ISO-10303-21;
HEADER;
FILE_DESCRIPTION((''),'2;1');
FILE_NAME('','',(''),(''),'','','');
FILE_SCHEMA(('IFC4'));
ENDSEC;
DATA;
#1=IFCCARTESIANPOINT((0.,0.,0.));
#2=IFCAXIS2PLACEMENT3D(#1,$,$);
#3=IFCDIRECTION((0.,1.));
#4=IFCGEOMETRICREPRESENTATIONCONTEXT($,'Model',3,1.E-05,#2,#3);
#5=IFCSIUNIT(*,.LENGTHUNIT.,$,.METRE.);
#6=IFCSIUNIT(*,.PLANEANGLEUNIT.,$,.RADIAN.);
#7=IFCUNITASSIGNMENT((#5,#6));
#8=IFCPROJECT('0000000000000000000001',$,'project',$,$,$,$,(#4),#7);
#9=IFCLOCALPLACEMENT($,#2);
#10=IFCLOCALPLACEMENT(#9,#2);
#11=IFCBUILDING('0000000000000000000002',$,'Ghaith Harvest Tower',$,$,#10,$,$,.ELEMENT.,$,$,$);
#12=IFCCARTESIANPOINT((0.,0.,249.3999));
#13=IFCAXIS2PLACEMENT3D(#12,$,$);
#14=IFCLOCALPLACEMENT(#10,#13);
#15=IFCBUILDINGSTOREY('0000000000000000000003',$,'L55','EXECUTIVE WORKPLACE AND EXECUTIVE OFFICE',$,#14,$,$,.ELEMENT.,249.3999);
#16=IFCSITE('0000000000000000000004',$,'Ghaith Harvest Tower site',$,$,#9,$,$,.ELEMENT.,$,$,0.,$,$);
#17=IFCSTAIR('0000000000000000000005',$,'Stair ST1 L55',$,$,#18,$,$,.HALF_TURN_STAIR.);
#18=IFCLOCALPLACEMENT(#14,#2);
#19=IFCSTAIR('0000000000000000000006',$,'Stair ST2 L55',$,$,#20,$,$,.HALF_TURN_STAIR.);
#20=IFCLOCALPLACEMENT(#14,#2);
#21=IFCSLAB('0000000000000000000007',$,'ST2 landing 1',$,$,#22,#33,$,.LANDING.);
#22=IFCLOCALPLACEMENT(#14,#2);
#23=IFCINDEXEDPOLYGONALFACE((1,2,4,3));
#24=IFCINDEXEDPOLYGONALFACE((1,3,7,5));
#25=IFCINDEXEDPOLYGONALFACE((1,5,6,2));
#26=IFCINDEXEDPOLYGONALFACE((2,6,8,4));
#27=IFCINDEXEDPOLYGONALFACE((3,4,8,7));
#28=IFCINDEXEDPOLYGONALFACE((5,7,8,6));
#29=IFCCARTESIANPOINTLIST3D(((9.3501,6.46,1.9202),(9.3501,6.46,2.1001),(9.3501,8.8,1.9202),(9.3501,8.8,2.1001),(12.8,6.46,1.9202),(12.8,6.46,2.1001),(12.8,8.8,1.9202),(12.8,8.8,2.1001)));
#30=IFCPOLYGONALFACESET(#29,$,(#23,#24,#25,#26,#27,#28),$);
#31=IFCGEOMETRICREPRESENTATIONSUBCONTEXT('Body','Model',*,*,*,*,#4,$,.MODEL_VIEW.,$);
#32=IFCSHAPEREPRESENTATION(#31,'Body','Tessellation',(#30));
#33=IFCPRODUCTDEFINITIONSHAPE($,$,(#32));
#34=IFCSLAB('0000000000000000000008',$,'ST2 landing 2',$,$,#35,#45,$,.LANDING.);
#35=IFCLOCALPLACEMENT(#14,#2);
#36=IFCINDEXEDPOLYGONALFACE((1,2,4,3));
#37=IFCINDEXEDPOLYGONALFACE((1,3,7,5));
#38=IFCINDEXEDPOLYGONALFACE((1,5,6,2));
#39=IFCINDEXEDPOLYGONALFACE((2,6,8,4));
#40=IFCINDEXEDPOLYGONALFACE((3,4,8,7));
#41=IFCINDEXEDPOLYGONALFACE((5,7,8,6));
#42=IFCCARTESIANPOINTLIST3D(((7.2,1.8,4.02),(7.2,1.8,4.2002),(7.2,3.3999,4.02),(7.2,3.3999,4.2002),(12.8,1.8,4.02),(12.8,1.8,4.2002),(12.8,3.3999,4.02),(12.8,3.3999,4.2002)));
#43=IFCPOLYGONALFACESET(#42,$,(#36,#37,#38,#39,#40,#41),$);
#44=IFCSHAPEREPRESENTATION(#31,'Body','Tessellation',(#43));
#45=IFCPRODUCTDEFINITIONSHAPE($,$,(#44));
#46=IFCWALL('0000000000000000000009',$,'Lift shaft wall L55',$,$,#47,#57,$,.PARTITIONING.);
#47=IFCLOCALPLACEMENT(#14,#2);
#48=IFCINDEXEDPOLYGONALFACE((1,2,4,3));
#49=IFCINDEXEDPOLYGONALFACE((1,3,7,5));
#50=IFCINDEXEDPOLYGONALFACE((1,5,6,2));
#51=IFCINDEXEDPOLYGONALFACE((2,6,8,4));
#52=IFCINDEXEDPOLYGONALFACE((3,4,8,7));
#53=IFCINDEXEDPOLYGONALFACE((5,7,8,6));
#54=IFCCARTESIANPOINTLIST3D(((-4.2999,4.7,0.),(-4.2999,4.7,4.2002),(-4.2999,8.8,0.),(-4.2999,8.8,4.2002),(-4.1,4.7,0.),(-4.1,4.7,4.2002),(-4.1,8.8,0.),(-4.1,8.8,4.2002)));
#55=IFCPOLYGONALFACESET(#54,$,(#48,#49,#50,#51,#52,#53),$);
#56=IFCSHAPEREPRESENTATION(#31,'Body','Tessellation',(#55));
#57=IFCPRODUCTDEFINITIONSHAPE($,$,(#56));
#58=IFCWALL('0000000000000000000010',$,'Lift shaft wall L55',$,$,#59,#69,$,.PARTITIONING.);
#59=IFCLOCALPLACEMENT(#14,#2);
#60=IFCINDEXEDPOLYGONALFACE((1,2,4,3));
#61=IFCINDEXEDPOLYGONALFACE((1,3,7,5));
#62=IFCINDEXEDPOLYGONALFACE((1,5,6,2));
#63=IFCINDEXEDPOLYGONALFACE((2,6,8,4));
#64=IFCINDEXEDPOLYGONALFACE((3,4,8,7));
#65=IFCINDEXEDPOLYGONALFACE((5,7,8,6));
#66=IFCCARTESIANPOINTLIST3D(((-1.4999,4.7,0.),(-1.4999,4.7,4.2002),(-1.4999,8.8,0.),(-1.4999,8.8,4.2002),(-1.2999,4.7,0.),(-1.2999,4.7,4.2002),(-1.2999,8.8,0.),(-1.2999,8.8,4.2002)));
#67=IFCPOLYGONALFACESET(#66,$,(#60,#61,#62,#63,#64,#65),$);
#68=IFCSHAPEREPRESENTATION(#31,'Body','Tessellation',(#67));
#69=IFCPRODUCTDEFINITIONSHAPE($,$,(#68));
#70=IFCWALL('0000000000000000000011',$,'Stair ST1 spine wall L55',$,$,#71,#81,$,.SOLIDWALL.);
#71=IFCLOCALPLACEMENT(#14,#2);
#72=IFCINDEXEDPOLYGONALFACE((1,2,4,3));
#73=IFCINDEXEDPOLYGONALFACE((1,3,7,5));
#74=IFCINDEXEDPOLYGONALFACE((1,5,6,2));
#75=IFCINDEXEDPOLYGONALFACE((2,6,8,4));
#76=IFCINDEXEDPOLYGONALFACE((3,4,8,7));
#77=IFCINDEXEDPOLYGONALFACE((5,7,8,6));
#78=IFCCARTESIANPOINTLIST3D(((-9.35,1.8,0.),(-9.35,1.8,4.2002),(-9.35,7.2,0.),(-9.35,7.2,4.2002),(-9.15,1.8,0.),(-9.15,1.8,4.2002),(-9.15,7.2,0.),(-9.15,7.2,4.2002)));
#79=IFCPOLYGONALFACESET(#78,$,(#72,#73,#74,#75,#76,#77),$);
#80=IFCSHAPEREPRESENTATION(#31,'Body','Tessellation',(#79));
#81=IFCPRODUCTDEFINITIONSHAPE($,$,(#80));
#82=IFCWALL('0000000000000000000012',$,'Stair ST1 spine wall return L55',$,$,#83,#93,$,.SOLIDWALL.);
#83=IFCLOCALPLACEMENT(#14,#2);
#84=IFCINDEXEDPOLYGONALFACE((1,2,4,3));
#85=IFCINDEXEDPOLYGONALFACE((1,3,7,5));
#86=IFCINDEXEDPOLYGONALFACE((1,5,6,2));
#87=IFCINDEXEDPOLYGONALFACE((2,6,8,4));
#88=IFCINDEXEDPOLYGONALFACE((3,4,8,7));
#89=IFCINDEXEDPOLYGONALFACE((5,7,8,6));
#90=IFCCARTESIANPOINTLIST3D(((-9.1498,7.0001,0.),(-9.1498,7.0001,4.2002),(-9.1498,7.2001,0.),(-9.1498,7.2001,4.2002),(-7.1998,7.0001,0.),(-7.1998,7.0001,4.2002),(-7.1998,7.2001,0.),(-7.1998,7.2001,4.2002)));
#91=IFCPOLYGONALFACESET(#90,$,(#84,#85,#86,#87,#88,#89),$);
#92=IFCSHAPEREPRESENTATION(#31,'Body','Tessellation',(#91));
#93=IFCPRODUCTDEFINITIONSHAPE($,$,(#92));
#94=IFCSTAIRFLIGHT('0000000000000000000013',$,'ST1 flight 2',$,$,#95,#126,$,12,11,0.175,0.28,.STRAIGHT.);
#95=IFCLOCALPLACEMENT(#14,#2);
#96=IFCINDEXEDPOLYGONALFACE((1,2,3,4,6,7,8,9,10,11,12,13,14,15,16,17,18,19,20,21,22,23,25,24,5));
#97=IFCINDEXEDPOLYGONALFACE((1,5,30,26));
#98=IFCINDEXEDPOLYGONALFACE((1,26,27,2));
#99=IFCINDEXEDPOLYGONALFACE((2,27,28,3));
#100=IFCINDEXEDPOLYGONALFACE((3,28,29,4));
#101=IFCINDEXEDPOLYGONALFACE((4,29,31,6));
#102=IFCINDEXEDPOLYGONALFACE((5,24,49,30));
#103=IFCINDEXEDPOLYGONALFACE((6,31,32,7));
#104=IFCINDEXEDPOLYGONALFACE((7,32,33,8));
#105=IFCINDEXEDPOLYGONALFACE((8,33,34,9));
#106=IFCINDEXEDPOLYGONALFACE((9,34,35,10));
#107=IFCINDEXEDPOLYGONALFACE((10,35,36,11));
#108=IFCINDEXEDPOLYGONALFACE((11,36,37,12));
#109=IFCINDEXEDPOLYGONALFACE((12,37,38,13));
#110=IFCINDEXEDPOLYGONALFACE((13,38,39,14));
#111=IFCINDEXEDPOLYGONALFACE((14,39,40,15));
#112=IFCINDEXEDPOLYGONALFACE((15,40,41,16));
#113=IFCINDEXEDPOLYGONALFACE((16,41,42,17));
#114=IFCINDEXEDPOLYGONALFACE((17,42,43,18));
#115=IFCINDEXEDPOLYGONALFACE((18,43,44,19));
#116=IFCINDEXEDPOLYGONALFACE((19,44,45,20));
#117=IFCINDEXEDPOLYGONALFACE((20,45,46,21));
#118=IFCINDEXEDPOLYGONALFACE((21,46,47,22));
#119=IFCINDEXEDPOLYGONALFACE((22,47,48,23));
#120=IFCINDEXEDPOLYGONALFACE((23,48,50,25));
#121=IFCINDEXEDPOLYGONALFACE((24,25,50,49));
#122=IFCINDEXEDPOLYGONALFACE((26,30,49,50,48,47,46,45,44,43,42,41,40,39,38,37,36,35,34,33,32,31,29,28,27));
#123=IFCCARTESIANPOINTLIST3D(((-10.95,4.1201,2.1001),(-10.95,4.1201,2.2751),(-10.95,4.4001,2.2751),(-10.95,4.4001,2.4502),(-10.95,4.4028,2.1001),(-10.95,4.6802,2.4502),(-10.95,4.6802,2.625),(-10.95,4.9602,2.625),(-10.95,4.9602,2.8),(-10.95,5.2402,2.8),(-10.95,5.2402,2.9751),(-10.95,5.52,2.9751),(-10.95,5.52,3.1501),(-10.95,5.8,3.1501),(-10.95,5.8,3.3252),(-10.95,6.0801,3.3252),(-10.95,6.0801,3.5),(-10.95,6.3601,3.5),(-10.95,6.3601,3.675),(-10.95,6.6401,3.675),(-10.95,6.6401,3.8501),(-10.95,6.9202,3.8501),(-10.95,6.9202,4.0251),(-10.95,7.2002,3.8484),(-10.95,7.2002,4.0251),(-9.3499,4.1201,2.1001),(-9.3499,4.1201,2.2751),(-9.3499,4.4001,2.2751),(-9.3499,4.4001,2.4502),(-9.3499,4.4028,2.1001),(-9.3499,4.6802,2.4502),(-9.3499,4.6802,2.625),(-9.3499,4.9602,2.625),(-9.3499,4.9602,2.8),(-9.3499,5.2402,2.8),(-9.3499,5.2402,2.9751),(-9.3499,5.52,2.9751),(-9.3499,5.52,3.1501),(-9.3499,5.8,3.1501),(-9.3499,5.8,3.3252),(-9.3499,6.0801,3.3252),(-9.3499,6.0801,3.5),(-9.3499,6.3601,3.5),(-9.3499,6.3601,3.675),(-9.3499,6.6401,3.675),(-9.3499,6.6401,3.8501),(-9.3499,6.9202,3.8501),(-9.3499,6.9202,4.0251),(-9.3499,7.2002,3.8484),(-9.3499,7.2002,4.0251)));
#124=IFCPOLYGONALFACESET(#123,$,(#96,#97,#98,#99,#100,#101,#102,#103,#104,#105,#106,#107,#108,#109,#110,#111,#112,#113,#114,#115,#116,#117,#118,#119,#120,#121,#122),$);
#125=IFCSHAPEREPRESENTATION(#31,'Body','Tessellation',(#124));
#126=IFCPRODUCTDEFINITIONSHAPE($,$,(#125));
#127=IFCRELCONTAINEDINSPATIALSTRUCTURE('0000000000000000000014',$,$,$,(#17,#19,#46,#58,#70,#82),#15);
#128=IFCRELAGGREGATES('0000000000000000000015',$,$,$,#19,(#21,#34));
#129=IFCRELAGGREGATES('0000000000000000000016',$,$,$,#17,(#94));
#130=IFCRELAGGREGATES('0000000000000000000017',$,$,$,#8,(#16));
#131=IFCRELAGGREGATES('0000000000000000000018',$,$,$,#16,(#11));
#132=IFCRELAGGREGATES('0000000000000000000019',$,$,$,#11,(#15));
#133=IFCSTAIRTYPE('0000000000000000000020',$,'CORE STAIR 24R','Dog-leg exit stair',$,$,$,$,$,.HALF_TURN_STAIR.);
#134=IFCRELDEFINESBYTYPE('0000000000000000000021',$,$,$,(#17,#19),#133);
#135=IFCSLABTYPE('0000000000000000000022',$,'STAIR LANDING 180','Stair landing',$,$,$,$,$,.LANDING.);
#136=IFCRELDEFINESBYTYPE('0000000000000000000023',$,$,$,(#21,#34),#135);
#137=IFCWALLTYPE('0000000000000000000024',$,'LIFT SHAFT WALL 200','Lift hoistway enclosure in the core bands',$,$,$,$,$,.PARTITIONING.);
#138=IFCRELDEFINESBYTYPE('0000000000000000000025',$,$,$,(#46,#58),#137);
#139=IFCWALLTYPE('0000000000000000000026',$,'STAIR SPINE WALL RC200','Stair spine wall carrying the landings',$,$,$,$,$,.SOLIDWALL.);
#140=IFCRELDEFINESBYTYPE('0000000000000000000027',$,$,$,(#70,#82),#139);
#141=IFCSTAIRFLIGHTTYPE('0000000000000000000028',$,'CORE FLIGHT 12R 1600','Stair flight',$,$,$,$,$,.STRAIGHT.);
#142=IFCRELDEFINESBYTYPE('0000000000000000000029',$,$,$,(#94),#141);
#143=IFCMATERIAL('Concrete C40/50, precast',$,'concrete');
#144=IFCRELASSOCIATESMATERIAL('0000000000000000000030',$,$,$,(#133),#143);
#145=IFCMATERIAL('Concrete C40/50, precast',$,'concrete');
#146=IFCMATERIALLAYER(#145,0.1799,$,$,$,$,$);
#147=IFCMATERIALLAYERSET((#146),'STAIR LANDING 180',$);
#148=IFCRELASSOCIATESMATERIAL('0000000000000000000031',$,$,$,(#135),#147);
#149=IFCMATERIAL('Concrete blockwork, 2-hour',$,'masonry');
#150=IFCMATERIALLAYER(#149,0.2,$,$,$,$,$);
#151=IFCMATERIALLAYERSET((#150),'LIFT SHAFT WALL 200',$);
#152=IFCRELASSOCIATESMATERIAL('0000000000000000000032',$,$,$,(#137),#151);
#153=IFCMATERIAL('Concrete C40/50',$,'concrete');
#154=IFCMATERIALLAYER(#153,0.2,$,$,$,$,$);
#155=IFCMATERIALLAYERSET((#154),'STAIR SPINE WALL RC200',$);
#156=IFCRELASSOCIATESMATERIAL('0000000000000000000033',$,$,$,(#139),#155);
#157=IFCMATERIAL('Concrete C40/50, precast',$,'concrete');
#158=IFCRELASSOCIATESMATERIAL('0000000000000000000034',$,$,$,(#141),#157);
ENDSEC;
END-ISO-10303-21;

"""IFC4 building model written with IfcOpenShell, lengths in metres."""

from ifc_helpers import new_model, si_unit, direction, frame, frame_2d, origin, place, context, subcontext, project, spatial, polyline, rectangle, outline, extrude, material, layer, layer_set, type_object, element, aggregate, save


model = new_model("IFC4")

# Units and contexts
model_context = context("Model", 3, precision=1e-05, world=origin(), true_north=direction((0.0, 1.0)))
body_context = subcontext(model_context, "Body", "Model", "MODEL_VIEW")
ifc_project = project(units=[si_unit("LENGTHUNIT", "METRE"), si_unit("PLANEANGLEUNIT", "RADIAN")], contexts=[model_context])

# Site, building, storey
site_placement = place(None, origin())
site = spatial("IfcSite", under=ifc_project, at=site_placement, Name="Ghaith Harvest Tower site", CompositionType="ELEMENT", RefElevation=0.0)
building_placement = place(site_placement, origin())
building = spatial("IfcBuilding", under=site, at=building_placement, Name="Ghaith Harvest Tower", CompositionType="ELEMENT")
storey_placement = place(building_placement, frame((0.0, 0.0, 249.3999)))
storey = spatial("IfcBuildingStorey", under=building, at=storey_placement, Name="L55", Description="EXECUTIVE WORKPLACE AND EXECUTIVE OFFICE", CompositionType="ELEMENT", Elevation=249.3999)

# Stairs, slabs
ifc_material_1 = material(Name="Concrete C40/50, precast", Category="concrete")
stair_type = type_object("IfcStairType", Name="CORE STAIR 24R", Description="Dog-leg exit stair", PredefinedType="HALF_TURN_STAIR", material=ifc_material_1)
stair_1_placement = place(storey_placement, origin())
stair_1 = element("IfcStair", 1, at=stair_1_placement, inside=storey, type_object=stair_type, Name="Stair ST1 L55", PredefinedType="HALF_TURN_STAIR")
ifc_material_2 = material(Name="Concrete C40/50, precast", Category="concrete")
ifc_layer_1 = layer(ifc_material_2, 0.1799)
ifc_layer_set_1 = layer_set([ifc_layer_1], Name="STAIR LANDING 180")
slab_type_1 = type_object("IfcSlabType", Name="STAIR LANDING 180", Description="Stair landing", PredefinedType="LANDING", material=ifc_layer_set_1)
stair_2_placement = place(storey_placement, origin())
stair_2 = element("IfcStair", 2, at=stair_2_placement, inside=storey, type_object=stair_type, Name="Stair ST2 L55", PredefinedType="HALF_TURN_STAIR")
slab_1_placement = place(storey_placement, frame((0.0, 0.0, 1.9202)))
slab_1 = element("IfcSlab", 3, at=slab_1_placement, type_object=slab_type_1, Name="ST2 landing 1", PredefinedType="LANDING", context=body_context, shape_type="SweptSolid", body=[
    extrude(outline(polyline([(12.8, 6.46), (12.8, 8.8), (9.3501, 8.8), (9.3501, 6.46), (12.8, 6.46)])), origin(), (0.0, 0.0, 1.0), 0.1799),
])
slab_2_placement = place(storey_placement, frame((0.0, 0.0, 4.02)))
slab_2 = element("IfcSlab", 4, at=slab_2_placement, type_object=slab_type_1, Name="ST2 landing 2", PredefinedType="LANDING", context=body_context, shape_type="SweptSolid", body=[
    extrude(outline(polyline([(12.8, 1.8), (12.8, 3.3999), (7.2, 3.3999), (7.2, 1.8), (12.8, 1.8)])), origin(), (0.0, 0.0, 1.0), 0.1802),
])
aggregate(stair_2, [slab_1, slab_2])

# Walls
ifc_material_3 = material(Name="Concrete blockwork, 2-hour", Category="masonry")
ifc_layer_2 = layer(ifc_material_3, 0.2)
ifc_layer_set_2 = layer_set([ifc_layer_2], Name="LIFT SHAFT WALL 200")
wall_type_1 = type_object("IfcWallType", Name="LIFT SHAFT WALL 200", Description="Lift hoistway enclosure in the core bands", PredefinedType="PARTITIONING", material=ifc_layer_set_2)
for number, where, z_axis, x_axis, name in (
    (5, (-4.2, 4.7, 0.0), (0.0, 0.0, 1.0), (0.0, 1.0, 0.0), "Lift shaft wall L55"),
    (6, (-1.3999, 4.7, 0.0), (0.0, 0.0, 1.0), (0.0, 1.0, 0.0), "Lift shaft wall L55"),
):
    element("IfcWall", number, at=place(storey_placement, frame(where, z_axis=z_axis, x_axis=x_axis)), inside=storey, type_object=wall_type_1, Name=name, PredefinedType="PARTITIONING", context=body_context, shape_type="SweptSolid", body=[
        extrude(rectangle(XDim=4.1001, YDim=0.2, at=frame_2d((2.05, 0.0))), origin(), (0.0, 0.0, 1.0), 4.2002),
    ])

# Walls
ifc_material_4 = material(Name="Concrete C40/50", Category="concrete")
ifc_layer_3 = layer(ifc_material_4, 0.2)
ifc_layer_set_3 = layer_set([ifc_layer_3], Name="STAIR SPINE WALL RC200")
wall_type_2 = type_object("IfcWallType", Name="STAIR SPINE WALL RC200", Description="Stair spine wall carrying the landings", PredefinedType="SOLIDWALL", material=ifc_layer_set_3)
wall_1_placement = place(storey_placement, frame((-9.25, 7.2, 0.0), z_axis=(0.0, 0.0, 1.0), x_axis=(0.0, -1.0, 0.0)))
element("IfcWall", 7, at=wall_1_placement, inside=storey, type_object=wall_type_2, Name="Stair ST1 spine wall L55", PredefinedType="SOLIDWALL", context=body_context, shape_type="SweptSolid", body=[
    extrude(rectangle(XDim=5.3999, YDim=0.2, at=frame_2d((2.7, 0.0))), origin(), (0.0, 0.0, 1.0), 4.2002),
])
wall_2_placement = place(storey_placement, frame((-9.1499, 7.1001, 0.0), z_axis=(0.0, 0.0, 1.0), x_axis=(1.0, 0.0, 0.0)))
element("IfcWall", 8, at=wall_2_placement, inside=storey, type_object=wall_type_2, Name="Stair ST1 spine wall return L55", PredefinedType="SOLIDWALL", context=body_context, shape_type="SweptSolid", body=[
    extrude(rectangle(XDim=1.95, YDim=0.2, at=frame_2d((0.9751, 0.0))), origin(), (0.0, 0.0, 1.0), 4.2002),
])

# Stair flight
ifc_material_5 = material(Name="Concrete C40/50, precast", Category="concrete")
stair_flight_type = type_object("IfcStairFlightType", Name="CORE FLIGHT 12R 1600", Description="Stair flight", PredefinedType="STRAIGHT", material=ifc_material_5)
stair_flight_placement = place(storey_placement, frame((-10.1499, 4.1201, 2.1001), z_axis=(0.0, 0.0, 1.0), x_axis=(0.0, 1.0, 0.0)))
stair_flight = element("IfcStairFlight", 9, at=stair_flight_placement, type_object=stair_flight_type, Name="ST1 flight 2", NumberOfRisers=12, NumberOfTreads=11, PredefinedType="STRAIGHT", RiserHeight=0.175, TreadLength=0.28, context=body_context, shape_type="SweptSolid", body=[
    extrude(outline(polyline([(0.0, 0.0), (0.0, 0.175), (0.28, 0.175), (0.28, 0.3501), (0.5601, 0.3501), (0.5601, 0.5249), (0.8401, 0.5249), (0.8401, 0.7), (1.1201, 0.7), (1.1201, 0.875), (1.3999, 0.875), (1.3999, 1.05), (1.6799, 1.05), (1.6799, 1.2251), (1.96, 1.2251), (1.96, 1.3999), (2.24, 1.3999), (2.24, 1.575), (2.52, 1.575), (2.52, 1.75), (2.8, 1.75), (2.8, 1.925), (3.0801, 1.925), (3.0801, 2.1001), (3.0801, 1.7483), (0.2827, 0.0), (0.0, 0.0)])), frame((0.0, 0.8, 0.0), z_axis=(0.0, -1.0, 0.0), x_axis=(1.0, 0.0, 0.0)), (0.0, 0.0, 1.0), 1.6001),
])
aggregate(stair_1, [stair_flight])

save(model, "model.ifc")
